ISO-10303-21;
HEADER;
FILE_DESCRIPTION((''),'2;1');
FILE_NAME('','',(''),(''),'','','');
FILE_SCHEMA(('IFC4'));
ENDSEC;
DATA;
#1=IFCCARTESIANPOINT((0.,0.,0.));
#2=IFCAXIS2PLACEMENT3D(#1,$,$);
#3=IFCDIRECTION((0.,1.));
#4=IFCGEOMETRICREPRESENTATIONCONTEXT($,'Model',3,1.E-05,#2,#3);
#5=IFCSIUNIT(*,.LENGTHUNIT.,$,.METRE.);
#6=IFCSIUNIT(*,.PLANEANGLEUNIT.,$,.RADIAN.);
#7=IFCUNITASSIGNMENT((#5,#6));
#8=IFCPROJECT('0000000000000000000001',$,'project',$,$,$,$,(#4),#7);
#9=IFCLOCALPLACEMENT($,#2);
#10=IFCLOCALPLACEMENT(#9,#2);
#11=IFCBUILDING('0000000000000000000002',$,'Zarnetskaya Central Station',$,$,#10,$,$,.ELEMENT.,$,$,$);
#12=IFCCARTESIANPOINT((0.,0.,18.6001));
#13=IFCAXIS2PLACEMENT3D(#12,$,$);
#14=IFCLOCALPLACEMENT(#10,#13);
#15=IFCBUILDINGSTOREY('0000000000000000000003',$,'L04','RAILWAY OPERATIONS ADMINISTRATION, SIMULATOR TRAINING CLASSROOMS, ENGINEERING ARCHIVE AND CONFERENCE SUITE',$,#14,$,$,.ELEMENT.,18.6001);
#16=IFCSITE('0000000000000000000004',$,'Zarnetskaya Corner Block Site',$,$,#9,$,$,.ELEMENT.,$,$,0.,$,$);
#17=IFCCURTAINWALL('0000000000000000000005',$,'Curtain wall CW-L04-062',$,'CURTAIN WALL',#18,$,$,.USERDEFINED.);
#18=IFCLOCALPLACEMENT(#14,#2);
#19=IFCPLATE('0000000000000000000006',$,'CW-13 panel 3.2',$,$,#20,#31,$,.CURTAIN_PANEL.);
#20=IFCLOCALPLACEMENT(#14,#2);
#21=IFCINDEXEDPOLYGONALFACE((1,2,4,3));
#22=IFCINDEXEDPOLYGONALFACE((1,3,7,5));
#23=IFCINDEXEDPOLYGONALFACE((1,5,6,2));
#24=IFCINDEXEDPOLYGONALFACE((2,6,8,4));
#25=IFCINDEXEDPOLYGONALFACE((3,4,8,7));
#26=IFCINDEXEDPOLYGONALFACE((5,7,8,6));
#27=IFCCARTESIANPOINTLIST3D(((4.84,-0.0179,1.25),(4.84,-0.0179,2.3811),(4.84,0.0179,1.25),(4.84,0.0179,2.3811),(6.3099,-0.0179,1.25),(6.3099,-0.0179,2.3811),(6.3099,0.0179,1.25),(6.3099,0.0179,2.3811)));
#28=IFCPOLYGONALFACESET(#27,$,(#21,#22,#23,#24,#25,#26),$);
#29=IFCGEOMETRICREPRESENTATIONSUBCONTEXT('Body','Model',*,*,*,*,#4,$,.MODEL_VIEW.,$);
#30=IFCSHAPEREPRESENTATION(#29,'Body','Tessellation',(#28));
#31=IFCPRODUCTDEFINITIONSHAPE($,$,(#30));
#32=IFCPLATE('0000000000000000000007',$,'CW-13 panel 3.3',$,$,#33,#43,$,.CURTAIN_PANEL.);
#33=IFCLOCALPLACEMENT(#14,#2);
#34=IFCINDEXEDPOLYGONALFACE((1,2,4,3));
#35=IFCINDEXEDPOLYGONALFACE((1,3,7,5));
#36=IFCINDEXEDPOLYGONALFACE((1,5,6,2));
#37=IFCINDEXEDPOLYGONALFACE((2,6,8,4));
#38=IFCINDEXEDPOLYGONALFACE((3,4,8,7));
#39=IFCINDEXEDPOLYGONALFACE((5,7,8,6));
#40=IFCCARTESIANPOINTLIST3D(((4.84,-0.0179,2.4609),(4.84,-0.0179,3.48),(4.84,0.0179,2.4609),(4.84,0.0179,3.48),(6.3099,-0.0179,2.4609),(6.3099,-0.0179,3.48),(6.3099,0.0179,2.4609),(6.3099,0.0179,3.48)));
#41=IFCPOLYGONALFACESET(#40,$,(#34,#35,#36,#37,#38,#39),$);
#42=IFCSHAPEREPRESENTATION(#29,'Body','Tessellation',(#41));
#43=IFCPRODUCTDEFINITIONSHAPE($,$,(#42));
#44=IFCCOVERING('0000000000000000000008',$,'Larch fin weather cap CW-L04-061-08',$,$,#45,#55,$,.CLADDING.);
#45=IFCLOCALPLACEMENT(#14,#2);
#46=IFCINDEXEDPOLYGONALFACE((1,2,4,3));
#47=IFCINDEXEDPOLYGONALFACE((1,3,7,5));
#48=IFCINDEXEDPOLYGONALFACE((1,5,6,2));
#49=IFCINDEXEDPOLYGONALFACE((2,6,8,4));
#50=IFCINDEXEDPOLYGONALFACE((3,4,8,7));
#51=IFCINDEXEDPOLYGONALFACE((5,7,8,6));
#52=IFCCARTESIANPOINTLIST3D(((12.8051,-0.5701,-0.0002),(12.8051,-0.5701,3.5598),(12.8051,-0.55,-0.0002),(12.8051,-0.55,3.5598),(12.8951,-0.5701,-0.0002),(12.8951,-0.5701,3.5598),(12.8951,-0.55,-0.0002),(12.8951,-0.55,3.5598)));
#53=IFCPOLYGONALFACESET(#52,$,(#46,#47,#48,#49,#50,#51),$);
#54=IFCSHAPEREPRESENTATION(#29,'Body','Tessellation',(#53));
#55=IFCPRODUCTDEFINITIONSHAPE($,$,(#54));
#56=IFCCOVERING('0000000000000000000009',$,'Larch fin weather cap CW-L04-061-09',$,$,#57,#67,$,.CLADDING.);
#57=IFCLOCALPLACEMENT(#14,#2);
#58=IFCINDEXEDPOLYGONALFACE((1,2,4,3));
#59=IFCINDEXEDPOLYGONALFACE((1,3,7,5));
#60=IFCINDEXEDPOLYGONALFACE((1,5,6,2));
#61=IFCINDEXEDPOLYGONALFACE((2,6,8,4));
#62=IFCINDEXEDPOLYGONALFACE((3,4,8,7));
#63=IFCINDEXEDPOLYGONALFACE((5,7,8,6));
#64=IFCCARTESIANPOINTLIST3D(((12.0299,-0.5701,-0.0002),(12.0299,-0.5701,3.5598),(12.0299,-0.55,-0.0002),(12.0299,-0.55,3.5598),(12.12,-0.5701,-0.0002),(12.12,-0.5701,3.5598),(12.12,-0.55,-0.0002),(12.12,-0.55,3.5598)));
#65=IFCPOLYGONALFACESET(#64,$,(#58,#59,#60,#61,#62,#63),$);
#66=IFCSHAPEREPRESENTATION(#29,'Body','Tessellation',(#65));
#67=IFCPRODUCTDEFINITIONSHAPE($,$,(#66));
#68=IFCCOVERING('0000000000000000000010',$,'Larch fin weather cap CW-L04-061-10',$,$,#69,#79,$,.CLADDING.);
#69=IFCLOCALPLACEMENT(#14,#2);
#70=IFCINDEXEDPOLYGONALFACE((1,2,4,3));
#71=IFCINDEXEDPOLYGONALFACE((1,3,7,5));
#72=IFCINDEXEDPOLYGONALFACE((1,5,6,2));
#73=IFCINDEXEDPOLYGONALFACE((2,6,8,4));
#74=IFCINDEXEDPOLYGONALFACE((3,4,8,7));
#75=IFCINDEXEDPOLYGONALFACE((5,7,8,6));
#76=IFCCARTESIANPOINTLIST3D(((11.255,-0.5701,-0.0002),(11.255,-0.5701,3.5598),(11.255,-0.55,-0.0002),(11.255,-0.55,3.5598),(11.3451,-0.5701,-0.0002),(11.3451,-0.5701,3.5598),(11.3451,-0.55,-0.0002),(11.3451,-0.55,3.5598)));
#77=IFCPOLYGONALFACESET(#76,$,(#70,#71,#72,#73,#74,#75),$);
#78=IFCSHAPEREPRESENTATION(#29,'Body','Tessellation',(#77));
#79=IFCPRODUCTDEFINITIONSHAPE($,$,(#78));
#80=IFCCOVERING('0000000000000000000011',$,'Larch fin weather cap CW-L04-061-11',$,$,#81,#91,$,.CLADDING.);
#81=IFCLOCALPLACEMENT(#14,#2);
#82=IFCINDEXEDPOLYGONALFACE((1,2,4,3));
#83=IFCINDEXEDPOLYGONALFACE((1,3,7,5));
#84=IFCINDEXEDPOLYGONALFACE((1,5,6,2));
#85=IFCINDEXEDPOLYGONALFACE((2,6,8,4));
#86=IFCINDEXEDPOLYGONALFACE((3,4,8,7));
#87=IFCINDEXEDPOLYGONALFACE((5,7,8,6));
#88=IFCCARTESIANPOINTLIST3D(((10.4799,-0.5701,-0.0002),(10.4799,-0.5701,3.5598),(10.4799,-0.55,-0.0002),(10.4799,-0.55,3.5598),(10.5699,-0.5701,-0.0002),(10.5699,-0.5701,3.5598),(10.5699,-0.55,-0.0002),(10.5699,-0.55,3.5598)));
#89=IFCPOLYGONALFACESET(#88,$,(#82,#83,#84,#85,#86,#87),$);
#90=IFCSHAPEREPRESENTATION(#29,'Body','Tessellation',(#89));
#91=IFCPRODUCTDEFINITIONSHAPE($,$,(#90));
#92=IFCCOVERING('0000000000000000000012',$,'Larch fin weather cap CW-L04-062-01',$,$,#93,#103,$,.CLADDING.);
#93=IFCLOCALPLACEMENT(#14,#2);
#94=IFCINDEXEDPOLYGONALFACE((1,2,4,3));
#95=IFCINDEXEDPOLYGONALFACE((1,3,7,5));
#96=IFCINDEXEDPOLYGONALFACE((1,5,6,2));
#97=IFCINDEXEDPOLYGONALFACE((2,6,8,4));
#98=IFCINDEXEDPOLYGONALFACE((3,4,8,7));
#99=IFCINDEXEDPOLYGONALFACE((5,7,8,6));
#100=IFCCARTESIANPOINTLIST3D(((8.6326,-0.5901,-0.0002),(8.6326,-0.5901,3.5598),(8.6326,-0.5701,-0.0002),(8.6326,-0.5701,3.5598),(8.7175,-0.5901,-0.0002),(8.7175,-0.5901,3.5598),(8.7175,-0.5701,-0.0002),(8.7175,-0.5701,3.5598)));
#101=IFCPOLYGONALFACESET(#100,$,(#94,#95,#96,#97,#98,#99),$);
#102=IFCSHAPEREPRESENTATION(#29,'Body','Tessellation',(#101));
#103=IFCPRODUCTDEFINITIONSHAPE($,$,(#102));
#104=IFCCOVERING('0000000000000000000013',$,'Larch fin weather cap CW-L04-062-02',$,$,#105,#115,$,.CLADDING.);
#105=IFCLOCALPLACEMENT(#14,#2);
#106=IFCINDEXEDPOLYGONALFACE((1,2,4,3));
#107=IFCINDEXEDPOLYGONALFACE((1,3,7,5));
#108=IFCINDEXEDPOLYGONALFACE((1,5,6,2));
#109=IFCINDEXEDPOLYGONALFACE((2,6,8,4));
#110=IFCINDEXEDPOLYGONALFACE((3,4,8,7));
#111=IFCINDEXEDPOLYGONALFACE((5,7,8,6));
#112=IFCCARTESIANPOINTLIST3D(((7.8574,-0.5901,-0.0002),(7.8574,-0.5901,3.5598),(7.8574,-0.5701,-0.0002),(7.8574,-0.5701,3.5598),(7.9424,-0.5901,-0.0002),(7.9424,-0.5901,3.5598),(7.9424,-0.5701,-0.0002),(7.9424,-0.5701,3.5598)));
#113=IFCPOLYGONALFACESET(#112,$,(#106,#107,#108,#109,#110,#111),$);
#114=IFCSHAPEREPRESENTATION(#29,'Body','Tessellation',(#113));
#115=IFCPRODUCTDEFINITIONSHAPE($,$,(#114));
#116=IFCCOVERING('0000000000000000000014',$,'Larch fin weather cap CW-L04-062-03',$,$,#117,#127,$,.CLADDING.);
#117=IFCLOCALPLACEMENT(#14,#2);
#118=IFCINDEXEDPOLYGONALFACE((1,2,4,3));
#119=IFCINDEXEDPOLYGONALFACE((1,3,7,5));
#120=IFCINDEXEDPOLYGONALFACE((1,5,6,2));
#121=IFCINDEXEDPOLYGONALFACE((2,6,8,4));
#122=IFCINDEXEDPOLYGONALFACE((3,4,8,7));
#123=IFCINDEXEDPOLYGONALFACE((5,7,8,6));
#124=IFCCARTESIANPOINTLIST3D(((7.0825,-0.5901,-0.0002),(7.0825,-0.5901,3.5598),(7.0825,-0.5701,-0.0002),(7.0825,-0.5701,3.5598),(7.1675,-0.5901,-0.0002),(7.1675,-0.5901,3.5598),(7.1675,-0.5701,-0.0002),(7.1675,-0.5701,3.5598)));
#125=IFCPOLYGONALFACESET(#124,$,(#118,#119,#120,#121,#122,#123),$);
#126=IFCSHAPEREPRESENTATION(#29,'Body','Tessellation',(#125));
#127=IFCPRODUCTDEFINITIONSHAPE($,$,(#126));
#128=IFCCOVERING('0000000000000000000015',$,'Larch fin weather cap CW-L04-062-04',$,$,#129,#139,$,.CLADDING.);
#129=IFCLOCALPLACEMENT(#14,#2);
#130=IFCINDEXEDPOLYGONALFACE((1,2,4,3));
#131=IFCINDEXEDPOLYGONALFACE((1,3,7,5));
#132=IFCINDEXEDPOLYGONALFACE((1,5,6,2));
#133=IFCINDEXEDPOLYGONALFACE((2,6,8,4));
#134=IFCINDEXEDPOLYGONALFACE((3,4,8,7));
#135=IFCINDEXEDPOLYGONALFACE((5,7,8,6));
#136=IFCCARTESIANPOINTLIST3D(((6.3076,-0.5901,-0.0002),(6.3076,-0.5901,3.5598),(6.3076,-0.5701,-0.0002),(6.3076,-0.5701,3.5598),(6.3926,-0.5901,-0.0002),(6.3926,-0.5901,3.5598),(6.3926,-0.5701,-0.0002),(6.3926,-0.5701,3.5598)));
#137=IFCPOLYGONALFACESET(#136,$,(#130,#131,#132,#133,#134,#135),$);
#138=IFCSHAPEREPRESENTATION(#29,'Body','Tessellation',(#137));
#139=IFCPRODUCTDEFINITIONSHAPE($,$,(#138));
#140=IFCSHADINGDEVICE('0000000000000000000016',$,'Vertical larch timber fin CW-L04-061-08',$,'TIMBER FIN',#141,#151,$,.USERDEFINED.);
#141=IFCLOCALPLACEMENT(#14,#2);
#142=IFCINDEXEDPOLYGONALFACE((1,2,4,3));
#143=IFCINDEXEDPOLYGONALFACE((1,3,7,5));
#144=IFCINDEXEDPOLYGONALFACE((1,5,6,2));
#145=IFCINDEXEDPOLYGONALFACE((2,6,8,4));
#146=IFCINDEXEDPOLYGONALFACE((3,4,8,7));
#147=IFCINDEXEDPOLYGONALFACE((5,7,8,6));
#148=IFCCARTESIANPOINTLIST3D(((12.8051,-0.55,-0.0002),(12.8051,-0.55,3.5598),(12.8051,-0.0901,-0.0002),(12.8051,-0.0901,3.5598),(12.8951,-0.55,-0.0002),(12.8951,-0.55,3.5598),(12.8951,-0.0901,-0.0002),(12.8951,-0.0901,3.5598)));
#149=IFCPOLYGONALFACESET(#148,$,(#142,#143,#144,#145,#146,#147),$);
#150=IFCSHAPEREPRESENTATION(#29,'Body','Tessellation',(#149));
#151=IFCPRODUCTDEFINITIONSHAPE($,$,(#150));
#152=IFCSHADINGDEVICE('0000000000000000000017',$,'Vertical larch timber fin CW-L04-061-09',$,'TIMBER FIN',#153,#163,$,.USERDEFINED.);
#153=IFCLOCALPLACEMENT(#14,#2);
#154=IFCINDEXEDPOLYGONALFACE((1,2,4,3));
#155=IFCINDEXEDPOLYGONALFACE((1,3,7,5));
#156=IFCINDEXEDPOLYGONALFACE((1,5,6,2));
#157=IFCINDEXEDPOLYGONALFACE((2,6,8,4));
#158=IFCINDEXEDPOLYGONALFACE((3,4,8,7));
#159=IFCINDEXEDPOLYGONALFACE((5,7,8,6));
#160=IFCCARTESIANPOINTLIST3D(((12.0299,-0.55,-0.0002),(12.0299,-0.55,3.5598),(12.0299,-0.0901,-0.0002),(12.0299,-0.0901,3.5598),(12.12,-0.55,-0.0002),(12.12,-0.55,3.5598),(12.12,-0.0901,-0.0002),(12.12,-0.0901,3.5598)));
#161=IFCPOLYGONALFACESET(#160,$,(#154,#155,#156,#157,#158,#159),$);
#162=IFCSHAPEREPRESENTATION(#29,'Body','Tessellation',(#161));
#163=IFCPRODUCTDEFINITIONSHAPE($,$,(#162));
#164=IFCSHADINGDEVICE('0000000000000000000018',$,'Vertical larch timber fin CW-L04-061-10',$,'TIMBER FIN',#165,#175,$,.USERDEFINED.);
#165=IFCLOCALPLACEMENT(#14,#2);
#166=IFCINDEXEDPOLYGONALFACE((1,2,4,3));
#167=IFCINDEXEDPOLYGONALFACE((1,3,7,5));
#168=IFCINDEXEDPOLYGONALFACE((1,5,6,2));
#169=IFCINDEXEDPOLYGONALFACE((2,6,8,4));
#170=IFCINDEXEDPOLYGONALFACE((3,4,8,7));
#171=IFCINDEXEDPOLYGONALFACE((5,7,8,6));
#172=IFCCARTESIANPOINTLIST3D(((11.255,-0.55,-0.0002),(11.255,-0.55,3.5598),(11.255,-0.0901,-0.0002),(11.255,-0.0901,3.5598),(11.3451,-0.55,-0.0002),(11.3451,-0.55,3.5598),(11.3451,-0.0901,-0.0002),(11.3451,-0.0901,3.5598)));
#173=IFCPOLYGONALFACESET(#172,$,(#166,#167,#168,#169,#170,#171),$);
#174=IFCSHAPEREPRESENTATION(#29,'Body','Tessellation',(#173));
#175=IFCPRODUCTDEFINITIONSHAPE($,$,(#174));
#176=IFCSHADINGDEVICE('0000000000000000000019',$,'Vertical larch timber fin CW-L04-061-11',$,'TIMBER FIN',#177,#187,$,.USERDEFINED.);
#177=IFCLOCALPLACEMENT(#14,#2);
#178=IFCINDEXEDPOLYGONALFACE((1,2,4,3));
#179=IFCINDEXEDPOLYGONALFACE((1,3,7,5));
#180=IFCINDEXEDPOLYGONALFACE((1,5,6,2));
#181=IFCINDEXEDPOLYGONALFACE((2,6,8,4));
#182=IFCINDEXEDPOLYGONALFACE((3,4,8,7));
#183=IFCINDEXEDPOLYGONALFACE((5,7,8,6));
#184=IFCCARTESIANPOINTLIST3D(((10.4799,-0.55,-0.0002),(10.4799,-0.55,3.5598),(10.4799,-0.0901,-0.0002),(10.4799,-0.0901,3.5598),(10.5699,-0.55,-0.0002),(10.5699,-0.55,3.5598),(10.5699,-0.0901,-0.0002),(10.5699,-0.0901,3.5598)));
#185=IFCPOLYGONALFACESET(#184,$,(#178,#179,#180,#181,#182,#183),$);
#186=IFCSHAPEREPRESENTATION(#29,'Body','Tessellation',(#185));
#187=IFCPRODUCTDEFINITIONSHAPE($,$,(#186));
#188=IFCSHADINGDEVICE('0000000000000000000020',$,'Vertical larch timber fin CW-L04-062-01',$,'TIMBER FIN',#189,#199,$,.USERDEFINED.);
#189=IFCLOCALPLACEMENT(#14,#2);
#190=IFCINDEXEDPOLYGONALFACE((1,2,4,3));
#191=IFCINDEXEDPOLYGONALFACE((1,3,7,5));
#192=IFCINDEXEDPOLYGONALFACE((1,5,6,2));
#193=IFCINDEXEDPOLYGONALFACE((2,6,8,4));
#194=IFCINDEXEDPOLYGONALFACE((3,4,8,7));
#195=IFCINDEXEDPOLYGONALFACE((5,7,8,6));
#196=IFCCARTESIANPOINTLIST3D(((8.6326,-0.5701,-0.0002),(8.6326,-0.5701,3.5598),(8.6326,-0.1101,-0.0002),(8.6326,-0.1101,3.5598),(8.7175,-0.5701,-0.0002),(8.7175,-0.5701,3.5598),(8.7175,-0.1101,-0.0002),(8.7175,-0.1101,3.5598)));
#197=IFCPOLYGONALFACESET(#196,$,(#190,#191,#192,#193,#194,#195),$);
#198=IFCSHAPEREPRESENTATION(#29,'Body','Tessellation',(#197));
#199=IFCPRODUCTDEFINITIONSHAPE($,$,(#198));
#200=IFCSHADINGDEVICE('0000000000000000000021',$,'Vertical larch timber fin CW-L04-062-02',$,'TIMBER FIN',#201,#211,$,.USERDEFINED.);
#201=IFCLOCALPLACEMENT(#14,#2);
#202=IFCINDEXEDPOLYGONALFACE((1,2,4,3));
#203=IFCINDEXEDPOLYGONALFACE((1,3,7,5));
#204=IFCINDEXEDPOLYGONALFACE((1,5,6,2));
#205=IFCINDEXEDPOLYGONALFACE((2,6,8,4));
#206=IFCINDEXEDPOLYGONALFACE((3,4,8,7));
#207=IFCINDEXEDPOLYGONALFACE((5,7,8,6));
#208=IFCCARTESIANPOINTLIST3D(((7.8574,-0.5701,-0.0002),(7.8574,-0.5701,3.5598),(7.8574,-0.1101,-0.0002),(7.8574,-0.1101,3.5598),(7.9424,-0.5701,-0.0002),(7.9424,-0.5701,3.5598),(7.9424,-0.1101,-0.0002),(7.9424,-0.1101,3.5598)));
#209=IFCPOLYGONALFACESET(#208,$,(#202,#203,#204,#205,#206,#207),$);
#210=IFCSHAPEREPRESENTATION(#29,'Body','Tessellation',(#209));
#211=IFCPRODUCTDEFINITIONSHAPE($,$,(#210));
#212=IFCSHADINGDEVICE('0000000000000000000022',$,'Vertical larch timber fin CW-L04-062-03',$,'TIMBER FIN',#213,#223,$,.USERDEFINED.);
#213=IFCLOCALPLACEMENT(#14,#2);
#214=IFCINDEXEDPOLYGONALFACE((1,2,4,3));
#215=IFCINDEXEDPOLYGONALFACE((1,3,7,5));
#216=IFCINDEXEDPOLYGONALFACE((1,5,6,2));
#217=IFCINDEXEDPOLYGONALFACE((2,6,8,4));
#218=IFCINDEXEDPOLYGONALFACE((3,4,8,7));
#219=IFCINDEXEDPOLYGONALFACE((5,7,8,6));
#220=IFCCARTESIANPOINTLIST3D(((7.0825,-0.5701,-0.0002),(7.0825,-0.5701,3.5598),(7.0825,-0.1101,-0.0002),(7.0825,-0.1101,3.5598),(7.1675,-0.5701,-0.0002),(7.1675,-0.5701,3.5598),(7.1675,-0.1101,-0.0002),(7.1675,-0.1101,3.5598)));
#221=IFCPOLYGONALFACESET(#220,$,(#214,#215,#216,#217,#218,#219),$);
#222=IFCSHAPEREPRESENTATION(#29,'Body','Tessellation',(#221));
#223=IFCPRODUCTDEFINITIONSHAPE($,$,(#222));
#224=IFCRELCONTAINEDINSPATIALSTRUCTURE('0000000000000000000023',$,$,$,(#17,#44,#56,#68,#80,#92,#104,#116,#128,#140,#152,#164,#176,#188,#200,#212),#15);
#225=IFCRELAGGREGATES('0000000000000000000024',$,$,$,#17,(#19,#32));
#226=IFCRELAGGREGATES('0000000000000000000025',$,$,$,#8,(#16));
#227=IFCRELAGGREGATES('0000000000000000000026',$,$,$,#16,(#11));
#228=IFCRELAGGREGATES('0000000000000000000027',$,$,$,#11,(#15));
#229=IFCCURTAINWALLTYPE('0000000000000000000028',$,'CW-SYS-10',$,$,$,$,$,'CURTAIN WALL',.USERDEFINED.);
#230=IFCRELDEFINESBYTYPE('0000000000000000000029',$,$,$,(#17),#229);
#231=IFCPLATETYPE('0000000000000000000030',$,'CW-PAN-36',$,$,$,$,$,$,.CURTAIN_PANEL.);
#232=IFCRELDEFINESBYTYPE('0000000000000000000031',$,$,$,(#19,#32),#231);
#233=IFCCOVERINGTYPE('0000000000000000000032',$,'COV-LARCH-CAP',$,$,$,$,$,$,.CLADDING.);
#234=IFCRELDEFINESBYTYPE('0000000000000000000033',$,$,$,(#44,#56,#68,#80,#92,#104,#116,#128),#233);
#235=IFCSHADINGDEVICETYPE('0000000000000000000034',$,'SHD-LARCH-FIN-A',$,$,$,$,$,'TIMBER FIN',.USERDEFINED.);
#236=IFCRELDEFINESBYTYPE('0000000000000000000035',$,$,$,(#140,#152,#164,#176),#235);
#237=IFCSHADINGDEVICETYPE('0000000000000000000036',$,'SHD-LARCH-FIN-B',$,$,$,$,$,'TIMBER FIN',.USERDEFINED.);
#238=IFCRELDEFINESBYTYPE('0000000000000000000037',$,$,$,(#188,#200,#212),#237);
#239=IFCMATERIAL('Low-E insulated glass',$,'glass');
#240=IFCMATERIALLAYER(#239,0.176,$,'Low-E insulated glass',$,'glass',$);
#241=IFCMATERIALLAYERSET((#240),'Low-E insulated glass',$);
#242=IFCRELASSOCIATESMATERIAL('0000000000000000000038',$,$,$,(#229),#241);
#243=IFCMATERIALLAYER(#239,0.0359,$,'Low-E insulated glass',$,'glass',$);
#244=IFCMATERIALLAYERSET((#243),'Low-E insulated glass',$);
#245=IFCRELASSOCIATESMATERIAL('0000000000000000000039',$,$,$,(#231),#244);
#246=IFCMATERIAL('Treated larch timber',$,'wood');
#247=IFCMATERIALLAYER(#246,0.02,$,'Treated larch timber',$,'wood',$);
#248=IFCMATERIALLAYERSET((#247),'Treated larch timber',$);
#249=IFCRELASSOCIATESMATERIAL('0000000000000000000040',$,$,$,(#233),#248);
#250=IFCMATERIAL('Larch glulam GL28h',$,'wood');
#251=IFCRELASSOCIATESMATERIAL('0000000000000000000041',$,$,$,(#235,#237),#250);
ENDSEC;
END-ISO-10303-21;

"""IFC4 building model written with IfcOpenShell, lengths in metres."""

from ifc_helpers import new_model, si_unit, direction, frame, origin, origin_2d, place, context, subcontext, project, spatial, rectangle, extrude, material, layer, layer_set, type_object, element, aggregate, save


model = new_model("IFC4")

# Units and contexts
model_context = context("Model", 3, precision=1e-05, world=origin(), true_north=direction((0.0, 1.0)))
body_context = subcontext(model_context, "Body", "Model", "MODEL_VIEW")
ifc_project = project(units=[si_unit("LENGTHUNIT", "METRE"), si_unit("PLANEANGLEUNIT", "RADIAN")], contexts=[model_context])

# Site, building, storey
site_placement = place(None, origin())
site = spatial("IfcSite", under=ifc_project, at=site_placement, Name="Zarnetskaya Corner Block Site", CompositionType="ELEMENT", RefElevation=0.0)
building_placement = place(site_placement, origin())
building = spatial("IfcBuilding", under=site, at=building_placement, Name="Zarnetskaya Central Station", CompositionType="ELEMENT")
storey_placement = place(building_placement, frame((0.0, 0.0, 18.6001)))
storey = spatial("IfcBuildingStorey", under=building, at=storey_placement, Name="L04", Description="RAILWAY OPERATIONS ADMINISTRATION, SIMULATOR TRAINING CLASSROOMS, ENGINEERING ARCHIVE AND CONFERENCE SUITE", CompositionType="ELEMENT", Elevation=18.6001)

# Curtain wall, plates
ifc_material_1 = material(Name="Low-E insulated glass", Category="glass")
ifc_layer_1 = layer(ifc_material_1, 0.176, Name="Low-E insulated glass", Category="glass")
ifc_layer_set_1 = layer_set([ifc_layer_1], Name="Low-E insulated glass")
curtain_wall_type = type_object("IfcCurtainWallType", Name="CW-SYS-10", ElementType="CURTAIN WALL", PredefinedType="USERDEFINED", material=ifc_layer_set_1)
curtain_wall_placement = place(storey_placement, origin())
curtain_wall = element("IfcCurtainWall", 1, at=curtain_wall_placement, inside=storey, type_object=curtain_wall_type, Name="Curtain wall CW-L04-062", ObjectType="CURTAIN WALL", PredefinedType="USERDEFINED")
ifc_layer_2 = layer(ifc_material_1, 0.0359, Name="Low-E insulated glass", Category="glass")
ifc_layer_set_2 = layer_set([ifc_layer_2], Name="Low-E insulated glass")
plate_type = type_object("IfcPlateType", Name="CW-PAN-36", PredefinedType="CURTAIN_PANEL", material=ifc_layer_set_2)
plate_1_placement = place(storey_placement, frame((5.575, 0.0, 1.25), z_axis=(0.0, 0.0, 1.0), x_axis=(-1.0, 0.0, 0.0)))
plate_1 = element("IfcPlate", 2, at=plate_1_placement, type_object=plate_type, Name="CW-13 panel 3.2", PredefinedType="CURTAIN_PANEL", context=body_context, shape_type="SweptSolid", body=[
    extrude(rectangle(XDim=1.47, YDim=0.0359, at=origin_2d()), origin(), (0.0, 0.0, 1.0), 1.1311),
])
plate_2_placement = place(storey_placement, frame((5.575, 0.0, 2.4609), z_axis=(0.0, 0.0, 1.0), x_axis=(-1.0, 0.0, 0.0)))
plate_2 = element("IfcPlate", 3, at=plate_2_placement, type_object=plate_type, Name="CW-13 panel 3.3", PredefinedType="CURTAIN_PANEL", context=body_context, shape_type="SweptSolid", body=[
    extrude(rectangle(XDim=1.47, YDim=0.0359, at=origin_2d()), origin(), (0.0, 0.0, 1.0), 1.019),
])
aggregate(curtain_wall, [plate_1, plate_2])

# Coverings
ifc_material_2 = material(Name="Treated larch timber", Category="wood")
ifc_layer_3 = layer(ifc_material_2, 0.02, Name="Treated larch timber", Category="wood")
ifc_layer_set_3 = layer_set([ifc_layer_3], Name="Treated larch timber")
covering_type = type_object("IfcCoveringType", Name="COV-LARCH-CAP", PredefinedType="CLADDING", material=ifc_layer_set_3)
for number, where, z_axis, x_axis, name in (
    (4, (12.8501, -0.5601, -0.0002), (0.0, 0.0, 1.0), (-1.0, 0.0, 0.0), "Larch fin weather cap CW-L04-061-08"),
    (5, (12.075, -0.5601, -0.0002), (0.0, 0.0, 1.0), (-1.0, 0.0, 0.0), "Larch fin weather cap CW-L04-061-09"),
    (6, (11.3, -0.5601, -0.0002), (0.0, 0.0, 1.0), (-1.0, 0.0, 0.0), "Larch fin weather cap CW-L04-061-10"),
    (7, (10.5249, -0.5601, -0.0002), (0.0, 0.0, 1.0), (-1.0, 0.0, 0.0), "Larch fin weather cap CW-L04-061-11"),
):
    element("IfcCovering", number, at=place(storey_placement, frame(where, z_axis=z_axis, x_axis=x_axis)), inside=storey, type_object=covering_type, Name=name, PredefinedType="CLADDING", context=body_context, shape_type="SweptSolid", body=[
        extrude(rectangle(XDim=0.0901, YDim=0.02, at=origin_2d()), origin(), (0.0, 0.0, 1.0), 3.5601),
    ])
for number, where, z_axis, x_axis, name in (
    (8, (8.675, -0.5801, -0.0002), (0.0, 0.0, 1.0), (-1.0, 0.0, 0.0), "Larch fin weather cap CW-L04-062-01"),
    (9, (7.8999, -0.5801, -0.0002), (0.0, 0.0, 1.0), (-1.0, 0.0, 0.0), "Larch fin weather cap CW-L04-062-02"),
    (10, (7.125, -0.5801, -0.0002), (0.0, 0.0, 1.0), (-1.0, 0.0, 0.0), "Larch fin weather cap CW-L04-062-03"),
    (11, (6.3501, -0.5801, -0.0002), (0.0, 0.0, 1.0), (-1.0, 0.0, 0.0), "Larch fin weather cap CW-L04-062-04"),
):
    element("IfcCovering", number, at=place(storey_placement, frame(where, z_axis=z_axis, x_axis=x_axis)), inside=storey, type_object=covering_type, Name=name, PredefinedType="CLADDING", context=body_context, shape_type="SweptSolid", body=[
        extrude(rectangle(XDim=0.085, YDim=0.02, at=origin_2d()), origin(), (0.0, 0.0, 1.0), 3.5601),
    ])

# Shading devices
ifc_material_3 = material(Name="Larch glulam GL28h", Category="wood")
shading_device_type_1 = type_object("IfcShadingDeviceType", Name="SHD-LARCH-FIN-A", ElementType="TIMBER FIN", PredefinedType="USERDEFINED", material=ifc_material_3)
for number, where, z_axis, x_axis, name in (
    (12, (12.8501, -0.3201, -0.0002), (0.0, 0.0, 1.0), (-1.0, 0.0, 0.0), "Vertical larch timber fin CW-L04-061-08"),
    (13, (12.075, -0.3201, -0.0002), (0.0, 0.0, 1.0), (-1.0, 0.0, 0.0), "Vertical larch timber fin CW-L04-061-09"),
    (14, (11.3, -0.3201, -0.0002), (0.0, 0.0, 1.0), (-1.0, 0.0, 0.0), "Vertical larch timber fin CW-L04-061-10"),
    (15, (10.5249, -0.3201, -0.0002), (0.0, 0.0, 1.0), (-1.0, 0.0, 0.0), "Vertical larch timber fin CW-L04-061-11"),
):
    element("IfcShadingDevice", number, at=place(storey_placement, frame(where, z_axis=z_axis, x_axis=x_axis)), inside=storey, type_object=shading_device_type_1, Name=name, ObjectType="TIMBER FIN", PredefinedType="USERDEFINED", context=body_context, shape_type="SweptSolid", body=[
        extrude(rectangle(XDim=0.0901, YDim=0.46, at=origin_2d()), origin(), (0.0, 0.0, 1.0), 3.5601),
    ])
shading_device_type_2 = type_object("IfcShadingDeviceType", Name="SHD-LARCH-FIN-B", ElementType="TIMBER FIN", PredefinedType="USERDEFINED", material=ifc_material_3)
for number, where, z_axis, x_axis, name in (
    (16, (8.675, -0.3401, -0.0002), (0.0, 0.0, 1.0), (-1.0, 0.0, 0.0), "Vertical larch timber fin CW-L04-062-01"),
    (17, (7.8999, -0.3401, -0.0002), (0.0, 0.0, 1.0), (-1.0, 0.0, 0.0), "Vertical larch timber fin CW-L04-062-02"),
    (18, (7.125, -0.3401, -0.0002), (0.0, 0.0, 1.0), (-1.0, 0.0, 0.0), "Vertical larch timber fin CW-L04-062-03"),
):
    element("IfcShadingDevice", number, at=place(storey_placement, frame(where, z_axis=z_axis, x_axis=x_axis)), inside=storey, type_object=shading_device_type_2, Name=name, ObjectType="TIMBER FIN", PredefinedType="USERDEFINED", context=body_context, shape_type="SweptSolid", body=[
        extrude(rectangle(XDim=0.085, YDim=0.46, at=origin_2d()), origin(), (0.0, 0.0, 1.0), 3.5601),
    ])

save(model, "model.ifc")
